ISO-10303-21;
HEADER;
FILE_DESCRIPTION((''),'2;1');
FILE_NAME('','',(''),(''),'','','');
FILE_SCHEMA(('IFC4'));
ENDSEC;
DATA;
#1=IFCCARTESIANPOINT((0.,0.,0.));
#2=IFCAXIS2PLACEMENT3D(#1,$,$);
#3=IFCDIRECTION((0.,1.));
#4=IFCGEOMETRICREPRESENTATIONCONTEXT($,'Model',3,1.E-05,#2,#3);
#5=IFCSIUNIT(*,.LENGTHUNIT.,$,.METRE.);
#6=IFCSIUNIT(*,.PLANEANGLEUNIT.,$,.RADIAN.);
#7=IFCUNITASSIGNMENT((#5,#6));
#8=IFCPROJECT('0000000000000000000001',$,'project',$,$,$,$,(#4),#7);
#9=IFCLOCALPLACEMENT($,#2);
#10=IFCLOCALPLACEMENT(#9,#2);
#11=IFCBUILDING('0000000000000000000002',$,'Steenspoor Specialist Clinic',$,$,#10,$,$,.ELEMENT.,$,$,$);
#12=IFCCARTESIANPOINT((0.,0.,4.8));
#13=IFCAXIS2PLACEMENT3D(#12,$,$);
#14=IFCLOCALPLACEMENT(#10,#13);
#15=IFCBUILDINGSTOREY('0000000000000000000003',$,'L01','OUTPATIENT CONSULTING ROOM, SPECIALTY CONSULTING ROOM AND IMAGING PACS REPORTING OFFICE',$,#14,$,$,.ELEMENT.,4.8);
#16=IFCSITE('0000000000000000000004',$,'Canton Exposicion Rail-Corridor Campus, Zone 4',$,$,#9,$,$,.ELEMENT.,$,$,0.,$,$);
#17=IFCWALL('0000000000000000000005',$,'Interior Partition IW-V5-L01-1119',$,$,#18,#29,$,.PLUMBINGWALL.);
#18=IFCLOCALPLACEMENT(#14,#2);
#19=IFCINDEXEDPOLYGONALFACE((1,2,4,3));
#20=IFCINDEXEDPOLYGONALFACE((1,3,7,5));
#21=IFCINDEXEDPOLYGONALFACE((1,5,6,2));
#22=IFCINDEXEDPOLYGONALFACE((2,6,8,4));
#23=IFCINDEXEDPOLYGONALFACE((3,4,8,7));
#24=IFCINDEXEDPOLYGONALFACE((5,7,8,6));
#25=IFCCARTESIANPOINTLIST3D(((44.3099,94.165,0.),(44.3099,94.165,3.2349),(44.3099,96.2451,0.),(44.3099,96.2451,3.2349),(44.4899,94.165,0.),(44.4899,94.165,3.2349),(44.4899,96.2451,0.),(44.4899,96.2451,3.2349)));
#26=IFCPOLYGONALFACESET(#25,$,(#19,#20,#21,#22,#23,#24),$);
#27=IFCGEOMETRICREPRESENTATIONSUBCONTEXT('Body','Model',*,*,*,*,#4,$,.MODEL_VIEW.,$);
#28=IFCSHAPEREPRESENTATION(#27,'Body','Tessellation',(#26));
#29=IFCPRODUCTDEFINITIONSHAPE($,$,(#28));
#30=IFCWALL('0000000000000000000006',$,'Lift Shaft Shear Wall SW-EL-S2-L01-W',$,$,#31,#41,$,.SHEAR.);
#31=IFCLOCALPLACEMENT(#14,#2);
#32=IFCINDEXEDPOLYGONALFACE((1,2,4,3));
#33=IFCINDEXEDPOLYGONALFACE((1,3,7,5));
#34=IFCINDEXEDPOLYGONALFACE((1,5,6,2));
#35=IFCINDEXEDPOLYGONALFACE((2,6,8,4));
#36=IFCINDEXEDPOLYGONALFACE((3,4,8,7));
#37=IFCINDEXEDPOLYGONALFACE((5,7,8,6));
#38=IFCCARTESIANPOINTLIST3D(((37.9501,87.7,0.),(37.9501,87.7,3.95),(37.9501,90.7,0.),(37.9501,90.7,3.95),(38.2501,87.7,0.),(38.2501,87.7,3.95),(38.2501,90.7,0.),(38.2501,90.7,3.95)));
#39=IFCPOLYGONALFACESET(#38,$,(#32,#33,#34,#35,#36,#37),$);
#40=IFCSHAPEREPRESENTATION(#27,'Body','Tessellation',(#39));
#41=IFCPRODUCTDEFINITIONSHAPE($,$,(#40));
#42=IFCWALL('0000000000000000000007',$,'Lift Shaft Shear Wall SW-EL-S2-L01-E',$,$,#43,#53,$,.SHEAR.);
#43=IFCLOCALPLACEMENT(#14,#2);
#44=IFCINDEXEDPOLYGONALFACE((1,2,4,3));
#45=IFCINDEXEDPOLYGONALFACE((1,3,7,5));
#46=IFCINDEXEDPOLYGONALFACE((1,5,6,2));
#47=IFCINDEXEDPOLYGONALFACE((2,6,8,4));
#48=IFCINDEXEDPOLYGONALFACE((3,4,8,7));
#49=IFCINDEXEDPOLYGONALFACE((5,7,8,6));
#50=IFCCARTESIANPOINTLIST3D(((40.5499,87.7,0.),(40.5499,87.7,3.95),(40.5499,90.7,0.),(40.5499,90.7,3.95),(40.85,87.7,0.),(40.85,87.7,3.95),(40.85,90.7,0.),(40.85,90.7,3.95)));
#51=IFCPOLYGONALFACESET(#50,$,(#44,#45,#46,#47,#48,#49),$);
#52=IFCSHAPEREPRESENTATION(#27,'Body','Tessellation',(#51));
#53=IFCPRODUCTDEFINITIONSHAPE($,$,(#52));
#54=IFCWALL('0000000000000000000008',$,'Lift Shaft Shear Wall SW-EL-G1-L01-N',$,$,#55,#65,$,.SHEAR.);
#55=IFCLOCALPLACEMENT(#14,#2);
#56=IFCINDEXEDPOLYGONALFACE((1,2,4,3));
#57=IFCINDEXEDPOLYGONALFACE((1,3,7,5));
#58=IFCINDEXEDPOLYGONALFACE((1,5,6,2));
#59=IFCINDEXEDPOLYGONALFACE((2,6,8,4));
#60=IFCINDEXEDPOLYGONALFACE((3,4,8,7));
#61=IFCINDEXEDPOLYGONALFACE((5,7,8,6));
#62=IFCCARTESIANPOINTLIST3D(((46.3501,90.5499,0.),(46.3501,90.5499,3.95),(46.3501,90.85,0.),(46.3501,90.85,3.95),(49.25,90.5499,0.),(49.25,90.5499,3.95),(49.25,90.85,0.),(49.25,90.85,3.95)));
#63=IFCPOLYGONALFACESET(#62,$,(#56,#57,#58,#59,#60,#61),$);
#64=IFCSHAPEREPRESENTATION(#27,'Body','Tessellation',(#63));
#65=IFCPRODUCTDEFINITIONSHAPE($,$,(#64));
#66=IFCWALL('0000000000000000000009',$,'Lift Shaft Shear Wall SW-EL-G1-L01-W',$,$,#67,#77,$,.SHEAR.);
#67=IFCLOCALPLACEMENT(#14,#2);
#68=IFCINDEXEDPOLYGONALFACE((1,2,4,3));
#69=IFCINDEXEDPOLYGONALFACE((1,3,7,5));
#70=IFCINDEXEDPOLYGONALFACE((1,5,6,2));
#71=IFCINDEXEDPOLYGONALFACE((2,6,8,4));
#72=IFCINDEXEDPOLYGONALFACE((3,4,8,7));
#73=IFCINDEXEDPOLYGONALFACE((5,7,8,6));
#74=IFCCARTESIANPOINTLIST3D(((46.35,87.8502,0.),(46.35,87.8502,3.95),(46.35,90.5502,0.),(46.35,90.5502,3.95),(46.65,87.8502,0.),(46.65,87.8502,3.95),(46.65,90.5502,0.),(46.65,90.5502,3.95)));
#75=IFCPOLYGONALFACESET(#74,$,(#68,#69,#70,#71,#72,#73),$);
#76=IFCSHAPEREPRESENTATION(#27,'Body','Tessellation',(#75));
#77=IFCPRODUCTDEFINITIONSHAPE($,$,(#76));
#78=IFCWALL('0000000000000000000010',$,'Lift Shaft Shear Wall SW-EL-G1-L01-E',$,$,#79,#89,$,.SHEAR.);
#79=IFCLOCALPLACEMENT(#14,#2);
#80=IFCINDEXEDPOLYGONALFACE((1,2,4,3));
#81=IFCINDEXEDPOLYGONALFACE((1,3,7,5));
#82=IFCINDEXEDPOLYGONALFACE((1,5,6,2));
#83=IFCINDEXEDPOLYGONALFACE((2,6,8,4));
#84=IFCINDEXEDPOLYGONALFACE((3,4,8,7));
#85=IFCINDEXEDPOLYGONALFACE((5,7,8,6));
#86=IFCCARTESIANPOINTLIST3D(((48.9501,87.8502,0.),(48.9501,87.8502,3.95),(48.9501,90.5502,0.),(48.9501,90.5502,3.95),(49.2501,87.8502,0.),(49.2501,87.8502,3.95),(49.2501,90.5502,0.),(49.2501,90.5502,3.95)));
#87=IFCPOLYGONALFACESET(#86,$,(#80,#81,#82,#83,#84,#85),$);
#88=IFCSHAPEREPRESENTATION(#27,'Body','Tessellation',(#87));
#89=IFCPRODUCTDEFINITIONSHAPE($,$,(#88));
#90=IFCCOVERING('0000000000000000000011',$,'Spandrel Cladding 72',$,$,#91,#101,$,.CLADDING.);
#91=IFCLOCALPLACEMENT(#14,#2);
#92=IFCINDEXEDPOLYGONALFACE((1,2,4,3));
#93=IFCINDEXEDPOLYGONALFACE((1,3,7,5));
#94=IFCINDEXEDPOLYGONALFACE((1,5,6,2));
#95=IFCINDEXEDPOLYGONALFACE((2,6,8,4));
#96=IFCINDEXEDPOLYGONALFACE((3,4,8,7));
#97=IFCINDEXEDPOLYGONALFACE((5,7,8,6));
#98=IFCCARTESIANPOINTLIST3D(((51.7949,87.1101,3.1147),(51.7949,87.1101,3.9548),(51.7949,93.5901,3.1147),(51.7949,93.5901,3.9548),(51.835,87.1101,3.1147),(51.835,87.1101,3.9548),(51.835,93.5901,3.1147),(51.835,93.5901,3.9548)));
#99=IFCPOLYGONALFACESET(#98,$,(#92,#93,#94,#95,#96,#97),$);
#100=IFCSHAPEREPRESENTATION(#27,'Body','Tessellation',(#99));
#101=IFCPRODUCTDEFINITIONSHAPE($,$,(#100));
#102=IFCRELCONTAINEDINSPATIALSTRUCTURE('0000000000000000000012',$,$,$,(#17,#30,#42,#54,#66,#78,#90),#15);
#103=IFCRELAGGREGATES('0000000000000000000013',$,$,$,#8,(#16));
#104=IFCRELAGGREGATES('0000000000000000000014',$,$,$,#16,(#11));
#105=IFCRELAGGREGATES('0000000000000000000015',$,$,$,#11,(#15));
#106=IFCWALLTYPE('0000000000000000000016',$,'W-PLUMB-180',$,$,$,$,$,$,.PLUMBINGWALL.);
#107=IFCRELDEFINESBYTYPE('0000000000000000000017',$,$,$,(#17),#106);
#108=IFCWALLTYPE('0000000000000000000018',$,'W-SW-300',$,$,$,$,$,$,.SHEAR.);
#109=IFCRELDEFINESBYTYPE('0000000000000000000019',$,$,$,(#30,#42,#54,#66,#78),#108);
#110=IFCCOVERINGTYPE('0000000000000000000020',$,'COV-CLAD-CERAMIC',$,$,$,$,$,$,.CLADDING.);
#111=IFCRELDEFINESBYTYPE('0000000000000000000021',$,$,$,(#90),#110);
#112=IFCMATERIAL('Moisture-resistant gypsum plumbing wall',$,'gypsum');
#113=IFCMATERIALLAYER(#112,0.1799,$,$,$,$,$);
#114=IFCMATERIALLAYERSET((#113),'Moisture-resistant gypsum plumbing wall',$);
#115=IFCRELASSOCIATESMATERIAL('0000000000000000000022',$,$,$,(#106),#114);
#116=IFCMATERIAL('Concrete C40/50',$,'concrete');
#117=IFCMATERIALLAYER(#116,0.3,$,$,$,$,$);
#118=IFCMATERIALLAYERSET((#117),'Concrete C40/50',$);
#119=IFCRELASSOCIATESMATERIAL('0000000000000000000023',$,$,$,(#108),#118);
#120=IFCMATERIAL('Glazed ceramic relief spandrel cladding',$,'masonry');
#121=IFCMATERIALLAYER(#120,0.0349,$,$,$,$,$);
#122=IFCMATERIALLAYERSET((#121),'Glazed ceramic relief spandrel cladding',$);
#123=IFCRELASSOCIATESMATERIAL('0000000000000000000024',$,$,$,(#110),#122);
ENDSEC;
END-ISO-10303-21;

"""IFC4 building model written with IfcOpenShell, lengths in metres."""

from ifc_helpers import new_model, si_unit, direction, frame, frame_2d, origin, origin_2d, place, context, subcontext, project, spatial, rectangle, extrude, material, layer, layer_set, type_object, element, save


model = new_model("IFC4")

# Units and contexts
model_context = context("Model", 3, precision=1e-05, world=origin(), true_north=direction((0.0, 1.0)))
body_context = subcontext(model_context, "Body", "Model", "MODEL_VIEW")
ifc_project = project(units=[si_unit("LENGTHUNIT", "METRE"), si_unit("PLANEANGLEUNIT", "RADIAN")], contexts=[model_context])

# Site, building, storey
site_placement = place(None, origin())
site = spatial("IfcSite", under=ifc_project, at=site_placement, Name="Canton Exposicion Rail-Corridor Campus, Zone 4", CompositionType="ELEMENT", RefElevation=0.0)
building_placement = place(site_placement, origin())
building = spatial("IfcBuilding", under=site, at=building_placement, Name="Steenspoor Specialist Clinic", CompositionType="ELEMENT")
storey_placement = place(building_placement, frame((0.0, 0.0, 4.8)))
storey = spatial("IfcBuildingStorey", under=building, at=storey_placement, Name="L01", Description="OUTPATIENT CONSULTING ROOM, SPECIALTY CONSULTING ROOM AND IMAGING PACS REPORTING OFFICE", CompositionType="ELEMENT", Elevation=4.8)

# Shared definitions
ifc_material_1 = material(Name="Concrete C40/50", Category="concrete")

# Shared definitions
ifc_material_2 = material(Name="Moisture-resistant gypsum plumbing wall", Category="gypsum")
ifc_layer_1 = layer(ifc_material_2, 0.1799)
ifc_layer_set_1 = layer_set([ifc_layer_1], Name="Moisture-resistant gypsum plumbing wall")
wall_type_1 = type_object("IfcWallType", Name="W-PLUMB-180", PredefinedType="PLUMBINGWALL", material=ifc_layer_set_1)

# Walls
wall_1_placement = place(storey_placement, frame((44.3999, 94.165, 0.0), z_axis=(0.0, 0.0, 1.0), x_axis=(0.0, 1.0, 0.0)))
element("IfcWall", 1, at=wall_1_placement, inside=storey, type_object=wall_type_1, Name="Interior Partition IW-V5-L01-1119", PredefinedType="PLUMBINGWALL", context=body_context, shape_type="SweptSolid", body=[
    extrude(rectangle(XDim=2.0801, YDim=0.1799, at=frame_2d((1.04, 0.0))), origin(), (0.0, 0.0, 1.0), 3.2349),
])
ifc_layer_2 = layer(ifc_material_1, 0.3)
ifc_layer_set_2 = layer_set([ifc_layer_2], Name="Concrete C40/50")
wall_type_2 = type_object("IfcWallType", Name="W-SW-300", PredefinedType="SHEAR", material=ifc_layer_set_2)
for number, where, z_axis, x_axis, name in (
    (2, (38.1001, 87.7, 0.0), (0.0, 0.0, 1.0), (0.0, 1.0, 0.0), "Lift Shaft Shear Wall SW-EL-S2-L01-W"),
    (3, (40.7, 87.7, 0.0), (0.0, 0.0, 1.0), (0.0, 1.0, 0.0), "Lift Shaft Shear Wall SW-EL-S2-L01-E"),
):
    element("IfcWall", number, at=place(storey_placement, frame(where, z_axis=z_axis, x_axis=x_axis)), inside=storey, type_object=wall_type_2, Name=name, PredefinedType="SHEAR", context=body_context, shape_type="SweptSolid", body=[
        extrude(rectangle(XDim=3.0, YDim=0.3, at=frame_2d((1.5, 0.0))), origin(), (0.0, 0.0, 1.0), 3.95),
    ])

# Walls
wall_2_placement = place(storey_placement, frame((46.3501, 90.7, 0.0), z_axis=(0.0, 0.0, 1.0), x_axis=(1.0, 0.0, 0.0)))
element("IfcWall", 4, at=wall_2_placement, inside=storey, type_object=wall_type_2, Name="Lift Shaft Shear Wall SW-EL-G1-L01-N", PredefinedType="SHEAR", context=body_context, shape_type="SweptSolid", body=[
    extrude(rectangle(XDim=2.8999, YDim=0.3, at=frame_2d((1.45, 0.0))), origin(), (0.0, 0.0, 1.0), 3.95),
])
for number, where, z_axis, x_axis, name in (
    (5, (46.5, 87.8501, 0.0), (0.0, 0.0, 1.0), (0.0, 1.0, 0.0), "Lift Shaft Shear Wall SW-EL-G1-L01-W"),
    (6, (49.1001, 87.8501, 0.0), (0.0, 0.0, 1.0), (0.0, 1.0, 0.0), "Lift Shaft Shear Wall SW-EL-G1-L01-E"),
):
    element("IfcWall", number, at=place(storey_placement, frame(where, z_axis=z_axis, x_axis=x_axis)), inside=storey, type_object=wall_type_2, Name=name, PredefinedType="SHEAR", context=body_context, shape_type="SweptSolid", body=[
        extrude(rectangle(XDim=2.7, YDim=0.3, at=frame_2d((1.3501, 0.0))), origin(), (0.0, 0.0, 1.0), 3.95),
    ])

# Covering
ifc_material_3 = material(Name="Glazed ceramic relief spandrel cladding", Category="masonry")
ifc_layer_3 = layer(ifc_material_3, 0.0349)
ifc_layer_set_3 = layer_set([ifc_layer_3], Name="Glazed ceramic relief spandrel cladding")
covering_type = type_object("IfcCoveringType", Name="COV-CLAD-CERAMIC", PredefinedType="CLADDING", material=ifc_layer_set_3)
covering_placement = place(storey_placement, frame((51.8149, 90.3501, 3.1147), z_axis=(0.0, 0.0, 1.0), x_axis=(0.0, -1.0, 0.0)))
element("IfcCovering", 7, at=covering_placement, inside=storey, type_object=covering_type, Name="Spandrel Cladding 72", PredefinedType="CLADDING", context=body_context, shape_type="SweptSolid", body=[
    extrude(rectangle(XDim=6.48, YDim=0.04, at=origin_2d()), origin(), (0.0, 0.0, 1.0), 0.8401),
])

save(model, "model.ifc")
